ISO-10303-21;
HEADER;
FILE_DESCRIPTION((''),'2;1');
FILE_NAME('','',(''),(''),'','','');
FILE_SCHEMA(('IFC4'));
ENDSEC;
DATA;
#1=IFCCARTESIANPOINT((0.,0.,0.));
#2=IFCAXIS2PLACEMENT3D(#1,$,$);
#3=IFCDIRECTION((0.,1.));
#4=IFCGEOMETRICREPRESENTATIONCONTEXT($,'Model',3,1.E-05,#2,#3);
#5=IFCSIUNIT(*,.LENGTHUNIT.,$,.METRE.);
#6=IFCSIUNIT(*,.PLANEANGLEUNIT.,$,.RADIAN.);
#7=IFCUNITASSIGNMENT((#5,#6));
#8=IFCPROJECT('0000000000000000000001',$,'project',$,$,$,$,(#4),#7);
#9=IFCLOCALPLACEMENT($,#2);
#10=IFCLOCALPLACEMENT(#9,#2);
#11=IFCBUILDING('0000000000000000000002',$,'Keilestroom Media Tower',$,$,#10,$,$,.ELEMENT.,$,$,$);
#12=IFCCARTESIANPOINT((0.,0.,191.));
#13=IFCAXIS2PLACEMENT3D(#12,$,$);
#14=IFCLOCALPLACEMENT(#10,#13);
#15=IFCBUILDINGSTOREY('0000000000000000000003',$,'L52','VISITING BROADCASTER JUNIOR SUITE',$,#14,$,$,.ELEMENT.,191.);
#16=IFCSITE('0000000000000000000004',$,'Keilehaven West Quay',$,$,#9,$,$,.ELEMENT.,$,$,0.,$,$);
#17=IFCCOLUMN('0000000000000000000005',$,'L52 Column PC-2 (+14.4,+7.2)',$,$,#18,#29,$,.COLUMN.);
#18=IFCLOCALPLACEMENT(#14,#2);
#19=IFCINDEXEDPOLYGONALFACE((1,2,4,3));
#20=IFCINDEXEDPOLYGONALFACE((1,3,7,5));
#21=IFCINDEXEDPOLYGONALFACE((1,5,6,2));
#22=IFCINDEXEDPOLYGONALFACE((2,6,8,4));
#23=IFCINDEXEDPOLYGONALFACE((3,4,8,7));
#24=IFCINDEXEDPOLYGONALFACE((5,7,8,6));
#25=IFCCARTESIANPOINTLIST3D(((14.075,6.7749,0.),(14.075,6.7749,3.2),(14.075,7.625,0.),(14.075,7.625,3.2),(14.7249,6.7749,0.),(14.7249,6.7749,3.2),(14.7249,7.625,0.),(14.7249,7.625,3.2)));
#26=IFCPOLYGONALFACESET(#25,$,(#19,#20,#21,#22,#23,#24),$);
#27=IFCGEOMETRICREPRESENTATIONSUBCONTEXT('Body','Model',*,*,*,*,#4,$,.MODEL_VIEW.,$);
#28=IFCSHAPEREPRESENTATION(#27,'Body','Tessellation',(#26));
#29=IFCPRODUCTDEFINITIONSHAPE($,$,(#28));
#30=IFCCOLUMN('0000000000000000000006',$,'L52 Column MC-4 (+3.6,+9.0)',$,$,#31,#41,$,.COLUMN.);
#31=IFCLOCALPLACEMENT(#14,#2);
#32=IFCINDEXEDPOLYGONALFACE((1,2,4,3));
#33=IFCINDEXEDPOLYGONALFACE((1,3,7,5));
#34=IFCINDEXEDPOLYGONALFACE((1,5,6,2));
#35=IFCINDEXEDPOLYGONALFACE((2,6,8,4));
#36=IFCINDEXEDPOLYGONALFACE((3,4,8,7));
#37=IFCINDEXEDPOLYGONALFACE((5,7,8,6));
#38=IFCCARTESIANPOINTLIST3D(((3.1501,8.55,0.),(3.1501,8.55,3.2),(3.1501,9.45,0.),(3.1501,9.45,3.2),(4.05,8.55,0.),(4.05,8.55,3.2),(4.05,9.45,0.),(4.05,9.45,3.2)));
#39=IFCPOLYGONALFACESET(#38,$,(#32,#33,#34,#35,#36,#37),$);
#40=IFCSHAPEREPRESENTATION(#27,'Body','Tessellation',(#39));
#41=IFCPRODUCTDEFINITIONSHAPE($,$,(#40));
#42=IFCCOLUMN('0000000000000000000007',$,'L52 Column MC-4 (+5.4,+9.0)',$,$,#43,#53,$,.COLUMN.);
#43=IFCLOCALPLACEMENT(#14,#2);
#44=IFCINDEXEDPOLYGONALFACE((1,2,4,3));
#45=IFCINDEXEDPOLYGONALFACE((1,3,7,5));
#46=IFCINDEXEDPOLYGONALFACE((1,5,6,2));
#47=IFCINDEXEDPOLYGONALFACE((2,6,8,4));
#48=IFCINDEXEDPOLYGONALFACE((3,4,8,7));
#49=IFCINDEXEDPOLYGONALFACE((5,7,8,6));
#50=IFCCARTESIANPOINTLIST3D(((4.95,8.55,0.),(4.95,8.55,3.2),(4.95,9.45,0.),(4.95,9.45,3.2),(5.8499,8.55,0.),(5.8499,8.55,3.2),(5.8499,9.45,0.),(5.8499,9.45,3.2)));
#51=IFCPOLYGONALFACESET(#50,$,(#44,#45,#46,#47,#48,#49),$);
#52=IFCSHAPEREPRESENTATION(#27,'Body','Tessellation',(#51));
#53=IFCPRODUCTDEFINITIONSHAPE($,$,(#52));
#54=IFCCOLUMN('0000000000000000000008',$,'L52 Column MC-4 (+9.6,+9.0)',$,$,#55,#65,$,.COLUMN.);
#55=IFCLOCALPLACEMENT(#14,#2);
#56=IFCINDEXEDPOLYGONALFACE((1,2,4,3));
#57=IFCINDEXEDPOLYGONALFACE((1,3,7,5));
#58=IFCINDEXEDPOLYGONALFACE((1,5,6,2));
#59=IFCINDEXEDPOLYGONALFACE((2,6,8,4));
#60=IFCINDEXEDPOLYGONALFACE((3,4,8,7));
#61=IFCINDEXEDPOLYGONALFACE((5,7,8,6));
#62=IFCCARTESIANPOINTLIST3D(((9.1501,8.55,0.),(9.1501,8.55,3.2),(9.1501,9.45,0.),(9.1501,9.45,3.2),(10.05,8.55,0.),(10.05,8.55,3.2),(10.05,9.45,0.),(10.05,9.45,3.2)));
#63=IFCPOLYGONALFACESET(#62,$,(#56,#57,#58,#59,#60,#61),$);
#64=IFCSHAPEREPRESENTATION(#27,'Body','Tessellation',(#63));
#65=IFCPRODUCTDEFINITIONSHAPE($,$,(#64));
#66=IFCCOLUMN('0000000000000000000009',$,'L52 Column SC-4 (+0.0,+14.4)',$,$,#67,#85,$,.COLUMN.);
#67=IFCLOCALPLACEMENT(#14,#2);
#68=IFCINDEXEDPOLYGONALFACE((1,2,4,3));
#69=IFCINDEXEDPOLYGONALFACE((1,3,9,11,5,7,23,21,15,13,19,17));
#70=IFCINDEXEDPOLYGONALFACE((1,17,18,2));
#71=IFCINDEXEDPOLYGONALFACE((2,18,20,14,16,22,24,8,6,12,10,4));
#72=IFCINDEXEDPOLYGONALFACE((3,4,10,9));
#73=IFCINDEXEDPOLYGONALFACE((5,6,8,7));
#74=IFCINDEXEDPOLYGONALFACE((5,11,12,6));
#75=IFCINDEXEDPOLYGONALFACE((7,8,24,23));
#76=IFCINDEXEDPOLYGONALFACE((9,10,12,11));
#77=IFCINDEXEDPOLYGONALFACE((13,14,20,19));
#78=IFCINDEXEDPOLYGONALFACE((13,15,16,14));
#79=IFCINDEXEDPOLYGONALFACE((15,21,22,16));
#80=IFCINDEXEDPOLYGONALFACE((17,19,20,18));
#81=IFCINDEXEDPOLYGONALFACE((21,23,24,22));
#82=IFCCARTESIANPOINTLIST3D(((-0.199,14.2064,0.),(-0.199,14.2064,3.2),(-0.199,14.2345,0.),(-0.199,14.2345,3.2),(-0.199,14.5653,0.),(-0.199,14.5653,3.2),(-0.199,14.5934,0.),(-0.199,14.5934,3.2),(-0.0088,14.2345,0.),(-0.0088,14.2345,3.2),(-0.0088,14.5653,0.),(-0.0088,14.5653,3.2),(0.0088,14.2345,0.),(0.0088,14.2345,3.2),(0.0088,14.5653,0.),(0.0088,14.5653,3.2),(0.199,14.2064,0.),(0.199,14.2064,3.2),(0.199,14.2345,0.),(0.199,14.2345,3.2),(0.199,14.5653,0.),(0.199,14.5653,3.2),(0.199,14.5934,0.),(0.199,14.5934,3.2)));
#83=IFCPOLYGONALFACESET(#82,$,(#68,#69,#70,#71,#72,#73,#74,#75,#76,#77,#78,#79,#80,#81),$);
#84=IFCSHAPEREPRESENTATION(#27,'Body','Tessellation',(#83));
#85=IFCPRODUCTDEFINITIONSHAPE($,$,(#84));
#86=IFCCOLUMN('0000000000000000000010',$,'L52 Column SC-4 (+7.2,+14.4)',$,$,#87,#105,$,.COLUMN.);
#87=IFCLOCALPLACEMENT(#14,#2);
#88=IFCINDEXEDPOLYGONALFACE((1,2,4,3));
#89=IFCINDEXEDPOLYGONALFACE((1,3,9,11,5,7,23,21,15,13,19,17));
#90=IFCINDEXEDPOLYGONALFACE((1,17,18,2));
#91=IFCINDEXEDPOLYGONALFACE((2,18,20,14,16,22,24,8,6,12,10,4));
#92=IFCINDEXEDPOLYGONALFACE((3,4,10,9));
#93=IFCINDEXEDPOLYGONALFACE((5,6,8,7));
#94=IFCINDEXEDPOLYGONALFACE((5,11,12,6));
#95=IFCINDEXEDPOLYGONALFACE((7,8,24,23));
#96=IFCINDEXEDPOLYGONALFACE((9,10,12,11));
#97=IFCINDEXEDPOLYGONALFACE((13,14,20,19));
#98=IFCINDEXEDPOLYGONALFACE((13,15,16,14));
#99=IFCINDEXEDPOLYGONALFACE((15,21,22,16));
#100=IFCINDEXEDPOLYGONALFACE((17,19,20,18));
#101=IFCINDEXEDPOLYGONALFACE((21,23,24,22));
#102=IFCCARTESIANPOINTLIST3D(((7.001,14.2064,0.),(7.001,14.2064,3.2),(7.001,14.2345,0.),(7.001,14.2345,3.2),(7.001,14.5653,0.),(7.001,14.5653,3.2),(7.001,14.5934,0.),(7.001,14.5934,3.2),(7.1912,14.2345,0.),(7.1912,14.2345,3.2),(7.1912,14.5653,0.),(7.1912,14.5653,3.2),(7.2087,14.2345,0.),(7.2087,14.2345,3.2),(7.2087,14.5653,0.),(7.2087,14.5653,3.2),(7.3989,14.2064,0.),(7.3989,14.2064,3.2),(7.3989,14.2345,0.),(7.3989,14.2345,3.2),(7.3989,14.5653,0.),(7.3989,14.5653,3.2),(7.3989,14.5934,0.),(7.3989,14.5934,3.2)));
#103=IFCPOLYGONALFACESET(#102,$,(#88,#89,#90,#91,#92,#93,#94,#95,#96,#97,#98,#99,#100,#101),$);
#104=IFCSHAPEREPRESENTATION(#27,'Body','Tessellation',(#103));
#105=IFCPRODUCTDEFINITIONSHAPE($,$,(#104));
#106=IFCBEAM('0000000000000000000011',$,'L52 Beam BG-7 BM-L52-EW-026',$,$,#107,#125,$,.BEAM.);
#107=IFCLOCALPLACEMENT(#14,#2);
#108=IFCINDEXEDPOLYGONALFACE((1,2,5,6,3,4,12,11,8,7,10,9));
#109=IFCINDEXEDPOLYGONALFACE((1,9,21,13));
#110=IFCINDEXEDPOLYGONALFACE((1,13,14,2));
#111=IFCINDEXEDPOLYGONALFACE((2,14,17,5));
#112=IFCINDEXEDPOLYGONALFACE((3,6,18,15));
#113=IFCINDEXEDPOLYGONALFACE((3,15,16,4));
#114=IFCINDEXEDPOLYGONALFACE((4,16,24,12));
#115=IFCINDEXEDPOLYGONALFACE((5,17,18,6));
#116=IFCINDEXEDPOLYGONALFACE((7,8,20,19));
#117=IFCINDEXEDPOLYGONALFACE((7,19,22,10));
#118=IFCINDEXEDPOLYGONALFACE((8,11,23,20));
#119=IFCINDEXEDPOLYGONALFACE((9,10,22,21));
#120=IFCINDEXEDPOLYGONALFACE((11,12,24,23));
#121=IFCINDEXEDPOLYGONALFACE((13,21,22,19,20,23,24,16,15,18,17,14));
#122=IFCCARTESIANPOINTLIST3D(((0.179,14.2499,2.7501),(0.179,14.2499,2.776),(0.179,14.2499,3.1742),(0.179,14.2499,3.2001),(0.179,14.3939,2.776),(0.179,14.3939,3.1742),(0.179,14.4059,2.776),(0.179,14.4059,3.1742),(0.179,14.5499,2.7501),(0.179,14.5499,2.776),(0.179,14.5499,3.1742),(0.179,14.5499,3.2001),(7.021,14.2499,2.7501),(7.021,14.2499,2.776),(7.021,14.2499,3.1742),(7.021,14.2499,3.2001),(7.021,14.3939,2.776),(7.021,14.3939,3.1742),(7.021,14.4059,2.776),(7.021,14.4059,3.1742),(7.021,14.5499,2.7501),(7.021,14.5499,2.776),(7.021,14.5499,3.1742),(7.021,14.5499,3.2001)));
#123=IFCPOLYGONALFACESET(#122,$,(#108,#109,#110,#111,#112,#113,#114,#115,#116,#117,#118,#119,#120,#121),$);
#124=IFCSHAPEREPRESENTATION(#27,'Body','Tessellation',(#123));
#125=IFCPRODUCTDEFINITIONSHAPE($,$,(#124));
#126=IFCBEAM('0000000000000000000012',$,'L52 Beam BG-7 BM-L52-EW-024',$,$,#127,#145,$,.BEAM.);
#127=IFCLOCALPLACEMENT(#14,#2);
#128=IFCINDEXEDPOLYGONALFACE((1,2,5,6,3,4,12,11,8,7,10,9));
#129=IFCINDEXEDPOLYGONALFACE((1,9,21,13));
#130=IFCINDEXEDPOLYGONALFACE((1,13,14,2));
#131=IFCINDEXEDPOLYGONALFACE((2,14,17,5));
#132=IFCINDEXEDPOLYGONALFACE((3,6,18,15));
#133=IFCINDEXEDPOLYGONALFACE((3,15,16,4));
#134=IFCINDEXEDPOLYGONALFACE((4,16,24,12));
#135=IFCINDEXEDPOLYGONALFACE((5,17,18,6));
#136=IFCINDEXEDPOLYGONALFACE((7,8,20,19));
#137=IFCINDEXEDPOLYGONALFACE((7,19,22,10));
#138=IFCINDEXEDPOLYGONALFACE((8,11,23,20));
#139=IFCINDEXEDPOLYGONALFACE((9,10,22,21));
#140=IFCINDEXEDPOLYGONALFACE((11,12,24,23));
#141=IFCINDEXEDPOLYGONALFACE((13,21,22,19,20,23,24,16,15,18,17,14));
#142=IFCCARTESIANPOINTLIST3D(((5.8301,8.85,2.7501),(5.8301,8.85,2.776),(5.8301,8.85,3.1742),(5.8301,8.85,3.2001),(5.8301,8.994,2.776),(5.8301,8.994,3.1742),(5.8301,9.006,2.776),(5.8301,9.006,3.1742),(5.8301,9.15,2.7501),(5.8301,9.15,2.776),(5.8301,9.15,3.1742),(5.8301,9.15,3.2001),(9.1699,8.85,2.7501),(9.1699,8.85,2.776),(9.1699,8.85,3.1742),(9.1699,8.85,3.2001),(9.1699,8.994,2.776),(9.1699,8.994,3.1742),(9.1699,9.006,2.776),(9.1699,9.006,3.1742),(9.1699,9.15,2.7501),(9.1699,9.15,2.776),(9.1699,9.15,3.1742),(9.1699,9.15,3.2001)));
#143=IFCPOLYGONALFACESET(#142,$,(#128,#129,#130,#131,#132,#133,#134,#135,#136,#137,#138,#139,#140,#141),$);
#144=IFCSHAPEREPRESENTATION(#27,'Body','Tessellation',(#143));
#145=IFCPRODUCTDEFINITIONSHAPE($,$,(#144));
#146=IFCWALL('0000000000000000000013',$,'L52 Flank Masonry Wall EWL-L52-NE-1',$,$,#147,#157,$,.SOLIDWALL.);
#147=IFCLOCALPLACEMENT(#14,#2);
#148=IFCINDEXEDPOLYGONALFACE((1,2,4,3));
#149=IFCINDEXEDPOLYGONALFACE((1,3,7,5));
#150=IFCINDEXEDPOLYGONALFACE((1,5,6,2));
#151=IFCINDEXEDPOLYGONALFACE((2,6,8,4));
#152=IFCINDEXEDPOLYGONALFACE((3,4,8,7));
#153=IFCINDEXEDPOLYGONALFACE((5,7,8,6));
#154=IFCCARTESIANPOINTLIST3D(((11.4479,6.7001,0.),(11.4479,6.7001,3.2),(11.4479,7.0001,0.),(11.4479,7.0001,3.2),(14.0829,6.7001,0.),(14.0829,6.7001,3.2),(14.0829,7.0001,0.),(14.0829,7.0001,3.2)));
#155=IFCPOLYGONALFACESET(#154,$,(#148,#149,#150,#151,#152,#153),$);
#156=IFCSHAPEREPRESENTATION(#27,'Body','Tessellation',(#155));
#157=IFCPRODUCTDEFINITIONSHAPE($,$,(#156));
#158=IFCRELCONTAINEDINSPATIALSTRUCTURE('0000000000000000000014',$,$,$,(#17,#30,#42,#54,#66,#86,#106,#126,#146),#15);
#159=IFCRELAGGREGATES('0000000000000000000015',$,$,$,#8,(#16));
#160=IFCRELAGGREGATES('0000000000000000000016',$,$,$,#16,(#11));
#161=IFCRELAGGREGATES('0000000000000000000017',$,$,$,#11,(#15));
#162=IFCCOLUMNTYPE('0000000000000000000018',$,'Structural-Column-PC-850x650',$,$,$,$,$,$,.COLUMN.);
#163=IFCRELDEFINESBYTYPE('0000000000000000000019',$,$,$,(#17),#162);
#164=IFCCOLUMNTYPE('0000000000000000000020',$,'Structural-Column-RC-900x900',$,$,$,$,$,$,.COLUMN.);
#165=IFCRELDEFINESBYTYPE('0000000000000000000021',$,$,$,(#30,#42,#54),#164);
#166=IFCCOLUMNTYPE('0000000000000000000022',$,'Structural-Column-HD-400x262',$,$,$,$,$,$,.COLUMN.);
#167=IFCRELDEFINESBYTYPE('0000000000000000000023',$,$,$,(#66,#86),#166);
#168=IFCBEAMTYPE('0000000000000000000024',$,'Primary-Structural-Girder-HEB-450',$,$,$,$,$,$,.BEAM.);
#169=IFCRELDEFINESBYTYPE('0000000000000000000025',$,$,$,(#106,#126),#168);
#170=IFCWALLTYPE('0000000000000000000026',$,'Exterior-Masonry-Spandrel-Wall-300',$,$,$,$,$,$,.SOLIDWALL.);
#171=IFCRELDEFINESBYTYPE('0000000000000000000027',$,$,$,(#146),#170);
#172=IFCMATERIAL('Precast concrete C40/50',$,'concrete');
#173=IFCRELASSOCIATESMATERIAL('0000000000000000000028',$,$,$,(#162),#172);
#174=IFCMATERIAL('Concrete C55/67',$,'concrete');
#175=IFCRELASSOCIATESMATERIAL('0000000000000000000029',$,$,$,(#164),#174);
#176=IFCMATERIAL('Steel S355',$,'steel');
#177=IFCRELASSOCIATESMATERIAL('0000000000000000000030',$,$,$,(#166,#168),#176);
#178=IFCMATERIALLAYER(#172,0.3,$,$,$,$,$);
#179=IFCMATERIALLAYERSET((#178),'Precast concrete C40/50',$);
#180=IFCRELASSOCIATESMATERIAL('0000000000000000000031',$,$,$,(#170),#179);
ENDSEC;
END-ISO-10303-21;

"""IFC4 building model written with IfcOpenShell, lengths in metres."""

from ifc_helpers import new_model, si_unit, direction, frame, frame_2d, origin, origin_2d, place, context, subcontext, project, spatial, rectangle, i_section, extrude, source, transform, mapped, material, layer, layer_set, material_profile, profile_set, type_object, element, save


model = new_model("IFC4")

# Units and contexts
model_context = context("Model", 3, precision=1e-05, world=origin(), true_north=direction((0.0, 1.0)))
body_context = subcontext(model_context, "Body", "Model", "MODEL_VIEW")
ifc_project = project(units=[si_unit("LENGTHUNIT", "METRE"), si_unit("PLANEANGLEUNIT", "RADIAN")], contexts=[model_context])

# Site, building, storey
site_placement = place(None, origin())
site = spatial("IfcSite", under=ifc_project, at=site_placement, Name="Keilehaven West Quay", CompositionType="ELEMENT", RefElevation=0.0)
building_placement = place(site_placement, origin())
building = spatial("IfcBuilding", under=site, at=building_placement, Name="Keilestroom Media Tower", CompositionType="ELEMENT")
storey_placement = place(building_placement, frame((0.0, 0.0, 191.0)))
storey = spatial("IfcBuildingStorey", under=building, at=storey_placement, Name="L52", Description="VISITING BROADCASTER JUNIOR SUITE", CompositionType="ELEMENT", Elevation=191.0)

# Columns
ifc_material_1 = material(Name="Precast concrete C40/50", Category="concrete")
ifc_material_profile_1 = material_profile(ifc_material_1, rectangle(XDim=0.6499, YDim=0.8501, at=origin_2d()), Name="PC 850x650")
ifc_profile_set_1 = profile_set([ifc_material_profile_1], Name="Precast concrete C40/50")
column_type_1 = type_object("IfcColumnType", Name="Structural-Column-PC-850x650", PredefinedType="COLUMN", material=ifc_profile_set_1)
shared_shape_1 = source(origin(), body_context, "Body", "SweptSolid", [
    extrude(rectangle(XDim=0.6499, YDim=0.8501, at=origin_2d()), origin(), (0.0, 0.0, 1.0), 3.2),
])
column_placement = place(storey_placement, frame((14.3999, 7.2, 0.0), z_axis=(0.0, 0.0, 1.0), x_axis=(1.0, 0.0, 0.0)))
element("IfcColumn", 1, at=column_placement, inside=storey, type_object=column_type_1, Name="L52 Column PC-2 (+14.4,+7.2)", PredefinedType="COLUMN", context=body_context, shape_type="MappedRepresentation", body=[
    mapped(shared_shape_1, transform((0.0, 0.0, 0.0), x_axis=(1.0, 0.0, 0.0), y_axis=(0.0, 1.0, 0.0), z_axis=(0.0, 0.0, 1.0), scale=1.0)),
])
ifc_material_2 = material(Name="Concrete C55/67", Category="concrete")
ifc_material_profile_2 = material_profile(ifc_material_2, rectangle(XDim=0.8999, YDim=0.8999, at=origin_2d()), Name="RC 900x900")
ifc_profile_set_2 = profile_set([ifc_material_profile_2], Name="Concrete C55/67")
column_type_2 = type_object("IfcColumnType", Name="Structural-Column-RC-900x900", PredefinedType="COLUMN", material=ifc_profile_set_2)
shared_shape_2 = source(origin(), body_context, "Body", "SweptSolid", [
    extrude(rectangle(XDim=0.8999, YDim=0.8999, at=origin_2d()), origin(), (0.0, 0.0, 1.0), 3.2),
])
for number, where, z_axis, x_axis, name in (
    (2, (3.6001, 9.0, 0.0), (0.0, 0.0, 1.0), (1.0, 0.0, 0.0), "L52 Column MC-4 (+3.6,+9.0)"),
    (3, (5.3999, 9.0, 0.0), (0.0, 0.0, 1.0), (1.0, 0.0, 0.0), "L52 Column MC-4 (+5.4,+9.0)"),
    (4, (9.6001, 9.0, 0.0), (0.0, 0.0, 1.0), (1.0, 0.0, 0.0), "L52 Column MC-4 (+9.6,+9.0)"),
):
    element("IfcColumn", number, at=place(storey_placement, frame(where, z_axis=z_axis, x_axis=x_axis)), inside=storey, type_object=column_type_2, Name=name, PredefinedType="COLUMN", context=body_context, shape_type="MappedRepresentation", body=[
        mapped(shared_shape_2, transform((0.0, 0.0, 0.0), x_axis=(1.0, 0.0, 0.0), y_axis=(0.0, 1.0, 0.0), z_axis=(0.0, 0.0, 1.0), scale=1.0)),
    ])
ifc_material_3 = material(Name="Steel S355", Category="steel")
ifc_material_profile_3 = material_profile(ifc_material_3, i_section(OverallWidth=0.3979, OverallDepth=0.387, WebThickness=0.0176, FlangeThickness=0.0281, at=origin_2d()), Name="HD 400x262")
ifc_profile_set_3 = profile_set([ifc_material_profile_3], Name="Steel S355")
column_type_3 = type_object("IfcColumnType", Name="Structural-Column-HD-400x262", PredefinedType="COLUMN", material=ifc_profile_set_3)
shared_shape_3 = source(origin(), body_context, "Body", "SweptSolid", [
    extrude(i_section(OverallWidth=0.3979, OverallDepth=0.387, WebThickness=0.0176, FlangeThickness=0.0281, at=origin_2d()), origin(), (0.0, 0.0, 1.0), 3.2),
])
for number, where, z_axis, x_axis, name in (
    (5, (0.0, 14.3999, 0.0), (0.0, 0.0, 1.0), (1.0, 0.0, 0.0), "L52 Column SC-4 (+0.0,+14.4)"),
    (6, (7.2, 14.3999, 0.0), (0.0, 0.0, 1.0), (1.0, 0.0, 0.0), "L52 Column SC-4 (+7.2,+14.4)"),
):
    element("IfcColumn", number, at=place(storey_placement, frame(where, z_axis=z_axis, x_axis=x_axis)), inside=storey, type_object=column_type_3, Name=name, PredefinedType="COLUMN", context=body_context, shape_type="MappedRepresentation", body=[
        mapped(shared_shape_3, transform((0.0, 0.0, 0.0), x_axis=(1.0, 0.0, 0.0), y_axis=(0.0, 1.0, 0.0), z_axis=(0.0, 0.0, 1.0), scale=1.0)),
    ])

# Beams
ifc_material_profile_4 = material_profile(ifc_material_3, i_section(OverallWidth=0.3, OverallDepth=0.45, WebThickness=0.012, FlangeThickness=0.0259, at=origin_2d()), Name="HEB 450")
ifc_profile_set_4 = profile_set([ifc_material_profile_4], Name="Steel S355")
beam_type = type_object("IfcBeamType", Name="Primary-Structural-Girder-HEB-450", PredefinedType="BEAM", material=ifc_profile_set_4)
shared_shape_4 = source(origin(), body_context, "Body", "SweptSolid", [
    extrude(i_section(OverallWidth=0.3, OverallDepth=0.45, WebThickness=0.012, FlangeThickness=0.0259, at=origin_2d()), origin(), (0.0, 0.0, 1.0), 6.842),
])
beam_1_placement = place(storey_placement, frame((0.179, 14.3999, 2.9751), z_axis=(1.0, 0.0, 0.0), x_axis=(0.0, 1.0, 0.0)))
element("IfcBeam", 7, at=beam_1_placement, inside=storey, type_object=beam_type, Name="L52 Beam BG-7 BM-L52-EW-026", PredefinedType="BEAM", context=body_context, shape_type="MappedRepresentation", body=[
    mapped(shared_shape_4, transform((0.0, 0.0, 0.0), x_axis=(1.0, 0.0, 0.0), y_axis=(0.0, 1.0, 0.0), z_axis=(0.0, 0.0, 1.0), scale=1.0)),
])
shared_shape_5 = source(origin(), body_context, "Body", "SweptSolid", [
    extrude(i_section(OverallWidth=0.3, OverallDepth=0.45, WebThickness=0.012, FlangeThickness=0.0259, at=origin_2d()), origin(), (0.0, 0.0, 1.0), 3.3398),
])
beam_2_placement = place(storey_placement, frame((5.8301, 9.0, 2.9751), z_axis=(1.0, 0.0, 0.0), x_axis=(0.0, 1.0, 0.0)))
element("IfcBeam", 8, at=beam_2_placement, inside=storey, type_object=beam_type, Name="L52 Beam BG-7 BM-L52-EW-024", PredefinedType="BEAM", context=body_context, shape_type="MappedRepresentation", body=[
    mapped(shared_shape_5, transform((0.0, 0.0, 0.0), x_axis=(1.0, 0.0, 0.0), y_axis=(0.0, 1.0, 0.0), z_axis=(0.0, 0.0, 1.0), scale=1.0)),
])

# Wall
ifc_layer_1 = layer(ifc_material_1, 0.3)
ifc_layer_set_1 = layer_set([ifc_layer_1], Name="Precast concrete C40/50")
wall_type_1 = type_object("IfcWallType", Name="Exterior-Masonry-Spandrel-Wall-300", PredefinedType="SOLIDWALL", material=ifc_layer_set_1)
wall_1_placement = place(storey_placement, frame((11.448, 6.8501, 0.0), z_axis=(0.0, 0.0, 1.0), x_axis=(1.0, 0.0, 0.0)))
element("IfcWall", 9, at=wall_1_placement, inside=storey, type_object=wall_type_1, Name="L52 Flank Masonry Wall EWL-L52-NE-1", PredefinedType="SOLIDWALL", context=body_context, shape_type="SweptSolid", body=[
    extrude(rectangle(XDim=2.635, YDim=0.3, at=frame_2d((1.3174, 0.0))), origin(), (0.0, 0.0, 1.0), 3.2),
])

save(model, "model.ifc")
